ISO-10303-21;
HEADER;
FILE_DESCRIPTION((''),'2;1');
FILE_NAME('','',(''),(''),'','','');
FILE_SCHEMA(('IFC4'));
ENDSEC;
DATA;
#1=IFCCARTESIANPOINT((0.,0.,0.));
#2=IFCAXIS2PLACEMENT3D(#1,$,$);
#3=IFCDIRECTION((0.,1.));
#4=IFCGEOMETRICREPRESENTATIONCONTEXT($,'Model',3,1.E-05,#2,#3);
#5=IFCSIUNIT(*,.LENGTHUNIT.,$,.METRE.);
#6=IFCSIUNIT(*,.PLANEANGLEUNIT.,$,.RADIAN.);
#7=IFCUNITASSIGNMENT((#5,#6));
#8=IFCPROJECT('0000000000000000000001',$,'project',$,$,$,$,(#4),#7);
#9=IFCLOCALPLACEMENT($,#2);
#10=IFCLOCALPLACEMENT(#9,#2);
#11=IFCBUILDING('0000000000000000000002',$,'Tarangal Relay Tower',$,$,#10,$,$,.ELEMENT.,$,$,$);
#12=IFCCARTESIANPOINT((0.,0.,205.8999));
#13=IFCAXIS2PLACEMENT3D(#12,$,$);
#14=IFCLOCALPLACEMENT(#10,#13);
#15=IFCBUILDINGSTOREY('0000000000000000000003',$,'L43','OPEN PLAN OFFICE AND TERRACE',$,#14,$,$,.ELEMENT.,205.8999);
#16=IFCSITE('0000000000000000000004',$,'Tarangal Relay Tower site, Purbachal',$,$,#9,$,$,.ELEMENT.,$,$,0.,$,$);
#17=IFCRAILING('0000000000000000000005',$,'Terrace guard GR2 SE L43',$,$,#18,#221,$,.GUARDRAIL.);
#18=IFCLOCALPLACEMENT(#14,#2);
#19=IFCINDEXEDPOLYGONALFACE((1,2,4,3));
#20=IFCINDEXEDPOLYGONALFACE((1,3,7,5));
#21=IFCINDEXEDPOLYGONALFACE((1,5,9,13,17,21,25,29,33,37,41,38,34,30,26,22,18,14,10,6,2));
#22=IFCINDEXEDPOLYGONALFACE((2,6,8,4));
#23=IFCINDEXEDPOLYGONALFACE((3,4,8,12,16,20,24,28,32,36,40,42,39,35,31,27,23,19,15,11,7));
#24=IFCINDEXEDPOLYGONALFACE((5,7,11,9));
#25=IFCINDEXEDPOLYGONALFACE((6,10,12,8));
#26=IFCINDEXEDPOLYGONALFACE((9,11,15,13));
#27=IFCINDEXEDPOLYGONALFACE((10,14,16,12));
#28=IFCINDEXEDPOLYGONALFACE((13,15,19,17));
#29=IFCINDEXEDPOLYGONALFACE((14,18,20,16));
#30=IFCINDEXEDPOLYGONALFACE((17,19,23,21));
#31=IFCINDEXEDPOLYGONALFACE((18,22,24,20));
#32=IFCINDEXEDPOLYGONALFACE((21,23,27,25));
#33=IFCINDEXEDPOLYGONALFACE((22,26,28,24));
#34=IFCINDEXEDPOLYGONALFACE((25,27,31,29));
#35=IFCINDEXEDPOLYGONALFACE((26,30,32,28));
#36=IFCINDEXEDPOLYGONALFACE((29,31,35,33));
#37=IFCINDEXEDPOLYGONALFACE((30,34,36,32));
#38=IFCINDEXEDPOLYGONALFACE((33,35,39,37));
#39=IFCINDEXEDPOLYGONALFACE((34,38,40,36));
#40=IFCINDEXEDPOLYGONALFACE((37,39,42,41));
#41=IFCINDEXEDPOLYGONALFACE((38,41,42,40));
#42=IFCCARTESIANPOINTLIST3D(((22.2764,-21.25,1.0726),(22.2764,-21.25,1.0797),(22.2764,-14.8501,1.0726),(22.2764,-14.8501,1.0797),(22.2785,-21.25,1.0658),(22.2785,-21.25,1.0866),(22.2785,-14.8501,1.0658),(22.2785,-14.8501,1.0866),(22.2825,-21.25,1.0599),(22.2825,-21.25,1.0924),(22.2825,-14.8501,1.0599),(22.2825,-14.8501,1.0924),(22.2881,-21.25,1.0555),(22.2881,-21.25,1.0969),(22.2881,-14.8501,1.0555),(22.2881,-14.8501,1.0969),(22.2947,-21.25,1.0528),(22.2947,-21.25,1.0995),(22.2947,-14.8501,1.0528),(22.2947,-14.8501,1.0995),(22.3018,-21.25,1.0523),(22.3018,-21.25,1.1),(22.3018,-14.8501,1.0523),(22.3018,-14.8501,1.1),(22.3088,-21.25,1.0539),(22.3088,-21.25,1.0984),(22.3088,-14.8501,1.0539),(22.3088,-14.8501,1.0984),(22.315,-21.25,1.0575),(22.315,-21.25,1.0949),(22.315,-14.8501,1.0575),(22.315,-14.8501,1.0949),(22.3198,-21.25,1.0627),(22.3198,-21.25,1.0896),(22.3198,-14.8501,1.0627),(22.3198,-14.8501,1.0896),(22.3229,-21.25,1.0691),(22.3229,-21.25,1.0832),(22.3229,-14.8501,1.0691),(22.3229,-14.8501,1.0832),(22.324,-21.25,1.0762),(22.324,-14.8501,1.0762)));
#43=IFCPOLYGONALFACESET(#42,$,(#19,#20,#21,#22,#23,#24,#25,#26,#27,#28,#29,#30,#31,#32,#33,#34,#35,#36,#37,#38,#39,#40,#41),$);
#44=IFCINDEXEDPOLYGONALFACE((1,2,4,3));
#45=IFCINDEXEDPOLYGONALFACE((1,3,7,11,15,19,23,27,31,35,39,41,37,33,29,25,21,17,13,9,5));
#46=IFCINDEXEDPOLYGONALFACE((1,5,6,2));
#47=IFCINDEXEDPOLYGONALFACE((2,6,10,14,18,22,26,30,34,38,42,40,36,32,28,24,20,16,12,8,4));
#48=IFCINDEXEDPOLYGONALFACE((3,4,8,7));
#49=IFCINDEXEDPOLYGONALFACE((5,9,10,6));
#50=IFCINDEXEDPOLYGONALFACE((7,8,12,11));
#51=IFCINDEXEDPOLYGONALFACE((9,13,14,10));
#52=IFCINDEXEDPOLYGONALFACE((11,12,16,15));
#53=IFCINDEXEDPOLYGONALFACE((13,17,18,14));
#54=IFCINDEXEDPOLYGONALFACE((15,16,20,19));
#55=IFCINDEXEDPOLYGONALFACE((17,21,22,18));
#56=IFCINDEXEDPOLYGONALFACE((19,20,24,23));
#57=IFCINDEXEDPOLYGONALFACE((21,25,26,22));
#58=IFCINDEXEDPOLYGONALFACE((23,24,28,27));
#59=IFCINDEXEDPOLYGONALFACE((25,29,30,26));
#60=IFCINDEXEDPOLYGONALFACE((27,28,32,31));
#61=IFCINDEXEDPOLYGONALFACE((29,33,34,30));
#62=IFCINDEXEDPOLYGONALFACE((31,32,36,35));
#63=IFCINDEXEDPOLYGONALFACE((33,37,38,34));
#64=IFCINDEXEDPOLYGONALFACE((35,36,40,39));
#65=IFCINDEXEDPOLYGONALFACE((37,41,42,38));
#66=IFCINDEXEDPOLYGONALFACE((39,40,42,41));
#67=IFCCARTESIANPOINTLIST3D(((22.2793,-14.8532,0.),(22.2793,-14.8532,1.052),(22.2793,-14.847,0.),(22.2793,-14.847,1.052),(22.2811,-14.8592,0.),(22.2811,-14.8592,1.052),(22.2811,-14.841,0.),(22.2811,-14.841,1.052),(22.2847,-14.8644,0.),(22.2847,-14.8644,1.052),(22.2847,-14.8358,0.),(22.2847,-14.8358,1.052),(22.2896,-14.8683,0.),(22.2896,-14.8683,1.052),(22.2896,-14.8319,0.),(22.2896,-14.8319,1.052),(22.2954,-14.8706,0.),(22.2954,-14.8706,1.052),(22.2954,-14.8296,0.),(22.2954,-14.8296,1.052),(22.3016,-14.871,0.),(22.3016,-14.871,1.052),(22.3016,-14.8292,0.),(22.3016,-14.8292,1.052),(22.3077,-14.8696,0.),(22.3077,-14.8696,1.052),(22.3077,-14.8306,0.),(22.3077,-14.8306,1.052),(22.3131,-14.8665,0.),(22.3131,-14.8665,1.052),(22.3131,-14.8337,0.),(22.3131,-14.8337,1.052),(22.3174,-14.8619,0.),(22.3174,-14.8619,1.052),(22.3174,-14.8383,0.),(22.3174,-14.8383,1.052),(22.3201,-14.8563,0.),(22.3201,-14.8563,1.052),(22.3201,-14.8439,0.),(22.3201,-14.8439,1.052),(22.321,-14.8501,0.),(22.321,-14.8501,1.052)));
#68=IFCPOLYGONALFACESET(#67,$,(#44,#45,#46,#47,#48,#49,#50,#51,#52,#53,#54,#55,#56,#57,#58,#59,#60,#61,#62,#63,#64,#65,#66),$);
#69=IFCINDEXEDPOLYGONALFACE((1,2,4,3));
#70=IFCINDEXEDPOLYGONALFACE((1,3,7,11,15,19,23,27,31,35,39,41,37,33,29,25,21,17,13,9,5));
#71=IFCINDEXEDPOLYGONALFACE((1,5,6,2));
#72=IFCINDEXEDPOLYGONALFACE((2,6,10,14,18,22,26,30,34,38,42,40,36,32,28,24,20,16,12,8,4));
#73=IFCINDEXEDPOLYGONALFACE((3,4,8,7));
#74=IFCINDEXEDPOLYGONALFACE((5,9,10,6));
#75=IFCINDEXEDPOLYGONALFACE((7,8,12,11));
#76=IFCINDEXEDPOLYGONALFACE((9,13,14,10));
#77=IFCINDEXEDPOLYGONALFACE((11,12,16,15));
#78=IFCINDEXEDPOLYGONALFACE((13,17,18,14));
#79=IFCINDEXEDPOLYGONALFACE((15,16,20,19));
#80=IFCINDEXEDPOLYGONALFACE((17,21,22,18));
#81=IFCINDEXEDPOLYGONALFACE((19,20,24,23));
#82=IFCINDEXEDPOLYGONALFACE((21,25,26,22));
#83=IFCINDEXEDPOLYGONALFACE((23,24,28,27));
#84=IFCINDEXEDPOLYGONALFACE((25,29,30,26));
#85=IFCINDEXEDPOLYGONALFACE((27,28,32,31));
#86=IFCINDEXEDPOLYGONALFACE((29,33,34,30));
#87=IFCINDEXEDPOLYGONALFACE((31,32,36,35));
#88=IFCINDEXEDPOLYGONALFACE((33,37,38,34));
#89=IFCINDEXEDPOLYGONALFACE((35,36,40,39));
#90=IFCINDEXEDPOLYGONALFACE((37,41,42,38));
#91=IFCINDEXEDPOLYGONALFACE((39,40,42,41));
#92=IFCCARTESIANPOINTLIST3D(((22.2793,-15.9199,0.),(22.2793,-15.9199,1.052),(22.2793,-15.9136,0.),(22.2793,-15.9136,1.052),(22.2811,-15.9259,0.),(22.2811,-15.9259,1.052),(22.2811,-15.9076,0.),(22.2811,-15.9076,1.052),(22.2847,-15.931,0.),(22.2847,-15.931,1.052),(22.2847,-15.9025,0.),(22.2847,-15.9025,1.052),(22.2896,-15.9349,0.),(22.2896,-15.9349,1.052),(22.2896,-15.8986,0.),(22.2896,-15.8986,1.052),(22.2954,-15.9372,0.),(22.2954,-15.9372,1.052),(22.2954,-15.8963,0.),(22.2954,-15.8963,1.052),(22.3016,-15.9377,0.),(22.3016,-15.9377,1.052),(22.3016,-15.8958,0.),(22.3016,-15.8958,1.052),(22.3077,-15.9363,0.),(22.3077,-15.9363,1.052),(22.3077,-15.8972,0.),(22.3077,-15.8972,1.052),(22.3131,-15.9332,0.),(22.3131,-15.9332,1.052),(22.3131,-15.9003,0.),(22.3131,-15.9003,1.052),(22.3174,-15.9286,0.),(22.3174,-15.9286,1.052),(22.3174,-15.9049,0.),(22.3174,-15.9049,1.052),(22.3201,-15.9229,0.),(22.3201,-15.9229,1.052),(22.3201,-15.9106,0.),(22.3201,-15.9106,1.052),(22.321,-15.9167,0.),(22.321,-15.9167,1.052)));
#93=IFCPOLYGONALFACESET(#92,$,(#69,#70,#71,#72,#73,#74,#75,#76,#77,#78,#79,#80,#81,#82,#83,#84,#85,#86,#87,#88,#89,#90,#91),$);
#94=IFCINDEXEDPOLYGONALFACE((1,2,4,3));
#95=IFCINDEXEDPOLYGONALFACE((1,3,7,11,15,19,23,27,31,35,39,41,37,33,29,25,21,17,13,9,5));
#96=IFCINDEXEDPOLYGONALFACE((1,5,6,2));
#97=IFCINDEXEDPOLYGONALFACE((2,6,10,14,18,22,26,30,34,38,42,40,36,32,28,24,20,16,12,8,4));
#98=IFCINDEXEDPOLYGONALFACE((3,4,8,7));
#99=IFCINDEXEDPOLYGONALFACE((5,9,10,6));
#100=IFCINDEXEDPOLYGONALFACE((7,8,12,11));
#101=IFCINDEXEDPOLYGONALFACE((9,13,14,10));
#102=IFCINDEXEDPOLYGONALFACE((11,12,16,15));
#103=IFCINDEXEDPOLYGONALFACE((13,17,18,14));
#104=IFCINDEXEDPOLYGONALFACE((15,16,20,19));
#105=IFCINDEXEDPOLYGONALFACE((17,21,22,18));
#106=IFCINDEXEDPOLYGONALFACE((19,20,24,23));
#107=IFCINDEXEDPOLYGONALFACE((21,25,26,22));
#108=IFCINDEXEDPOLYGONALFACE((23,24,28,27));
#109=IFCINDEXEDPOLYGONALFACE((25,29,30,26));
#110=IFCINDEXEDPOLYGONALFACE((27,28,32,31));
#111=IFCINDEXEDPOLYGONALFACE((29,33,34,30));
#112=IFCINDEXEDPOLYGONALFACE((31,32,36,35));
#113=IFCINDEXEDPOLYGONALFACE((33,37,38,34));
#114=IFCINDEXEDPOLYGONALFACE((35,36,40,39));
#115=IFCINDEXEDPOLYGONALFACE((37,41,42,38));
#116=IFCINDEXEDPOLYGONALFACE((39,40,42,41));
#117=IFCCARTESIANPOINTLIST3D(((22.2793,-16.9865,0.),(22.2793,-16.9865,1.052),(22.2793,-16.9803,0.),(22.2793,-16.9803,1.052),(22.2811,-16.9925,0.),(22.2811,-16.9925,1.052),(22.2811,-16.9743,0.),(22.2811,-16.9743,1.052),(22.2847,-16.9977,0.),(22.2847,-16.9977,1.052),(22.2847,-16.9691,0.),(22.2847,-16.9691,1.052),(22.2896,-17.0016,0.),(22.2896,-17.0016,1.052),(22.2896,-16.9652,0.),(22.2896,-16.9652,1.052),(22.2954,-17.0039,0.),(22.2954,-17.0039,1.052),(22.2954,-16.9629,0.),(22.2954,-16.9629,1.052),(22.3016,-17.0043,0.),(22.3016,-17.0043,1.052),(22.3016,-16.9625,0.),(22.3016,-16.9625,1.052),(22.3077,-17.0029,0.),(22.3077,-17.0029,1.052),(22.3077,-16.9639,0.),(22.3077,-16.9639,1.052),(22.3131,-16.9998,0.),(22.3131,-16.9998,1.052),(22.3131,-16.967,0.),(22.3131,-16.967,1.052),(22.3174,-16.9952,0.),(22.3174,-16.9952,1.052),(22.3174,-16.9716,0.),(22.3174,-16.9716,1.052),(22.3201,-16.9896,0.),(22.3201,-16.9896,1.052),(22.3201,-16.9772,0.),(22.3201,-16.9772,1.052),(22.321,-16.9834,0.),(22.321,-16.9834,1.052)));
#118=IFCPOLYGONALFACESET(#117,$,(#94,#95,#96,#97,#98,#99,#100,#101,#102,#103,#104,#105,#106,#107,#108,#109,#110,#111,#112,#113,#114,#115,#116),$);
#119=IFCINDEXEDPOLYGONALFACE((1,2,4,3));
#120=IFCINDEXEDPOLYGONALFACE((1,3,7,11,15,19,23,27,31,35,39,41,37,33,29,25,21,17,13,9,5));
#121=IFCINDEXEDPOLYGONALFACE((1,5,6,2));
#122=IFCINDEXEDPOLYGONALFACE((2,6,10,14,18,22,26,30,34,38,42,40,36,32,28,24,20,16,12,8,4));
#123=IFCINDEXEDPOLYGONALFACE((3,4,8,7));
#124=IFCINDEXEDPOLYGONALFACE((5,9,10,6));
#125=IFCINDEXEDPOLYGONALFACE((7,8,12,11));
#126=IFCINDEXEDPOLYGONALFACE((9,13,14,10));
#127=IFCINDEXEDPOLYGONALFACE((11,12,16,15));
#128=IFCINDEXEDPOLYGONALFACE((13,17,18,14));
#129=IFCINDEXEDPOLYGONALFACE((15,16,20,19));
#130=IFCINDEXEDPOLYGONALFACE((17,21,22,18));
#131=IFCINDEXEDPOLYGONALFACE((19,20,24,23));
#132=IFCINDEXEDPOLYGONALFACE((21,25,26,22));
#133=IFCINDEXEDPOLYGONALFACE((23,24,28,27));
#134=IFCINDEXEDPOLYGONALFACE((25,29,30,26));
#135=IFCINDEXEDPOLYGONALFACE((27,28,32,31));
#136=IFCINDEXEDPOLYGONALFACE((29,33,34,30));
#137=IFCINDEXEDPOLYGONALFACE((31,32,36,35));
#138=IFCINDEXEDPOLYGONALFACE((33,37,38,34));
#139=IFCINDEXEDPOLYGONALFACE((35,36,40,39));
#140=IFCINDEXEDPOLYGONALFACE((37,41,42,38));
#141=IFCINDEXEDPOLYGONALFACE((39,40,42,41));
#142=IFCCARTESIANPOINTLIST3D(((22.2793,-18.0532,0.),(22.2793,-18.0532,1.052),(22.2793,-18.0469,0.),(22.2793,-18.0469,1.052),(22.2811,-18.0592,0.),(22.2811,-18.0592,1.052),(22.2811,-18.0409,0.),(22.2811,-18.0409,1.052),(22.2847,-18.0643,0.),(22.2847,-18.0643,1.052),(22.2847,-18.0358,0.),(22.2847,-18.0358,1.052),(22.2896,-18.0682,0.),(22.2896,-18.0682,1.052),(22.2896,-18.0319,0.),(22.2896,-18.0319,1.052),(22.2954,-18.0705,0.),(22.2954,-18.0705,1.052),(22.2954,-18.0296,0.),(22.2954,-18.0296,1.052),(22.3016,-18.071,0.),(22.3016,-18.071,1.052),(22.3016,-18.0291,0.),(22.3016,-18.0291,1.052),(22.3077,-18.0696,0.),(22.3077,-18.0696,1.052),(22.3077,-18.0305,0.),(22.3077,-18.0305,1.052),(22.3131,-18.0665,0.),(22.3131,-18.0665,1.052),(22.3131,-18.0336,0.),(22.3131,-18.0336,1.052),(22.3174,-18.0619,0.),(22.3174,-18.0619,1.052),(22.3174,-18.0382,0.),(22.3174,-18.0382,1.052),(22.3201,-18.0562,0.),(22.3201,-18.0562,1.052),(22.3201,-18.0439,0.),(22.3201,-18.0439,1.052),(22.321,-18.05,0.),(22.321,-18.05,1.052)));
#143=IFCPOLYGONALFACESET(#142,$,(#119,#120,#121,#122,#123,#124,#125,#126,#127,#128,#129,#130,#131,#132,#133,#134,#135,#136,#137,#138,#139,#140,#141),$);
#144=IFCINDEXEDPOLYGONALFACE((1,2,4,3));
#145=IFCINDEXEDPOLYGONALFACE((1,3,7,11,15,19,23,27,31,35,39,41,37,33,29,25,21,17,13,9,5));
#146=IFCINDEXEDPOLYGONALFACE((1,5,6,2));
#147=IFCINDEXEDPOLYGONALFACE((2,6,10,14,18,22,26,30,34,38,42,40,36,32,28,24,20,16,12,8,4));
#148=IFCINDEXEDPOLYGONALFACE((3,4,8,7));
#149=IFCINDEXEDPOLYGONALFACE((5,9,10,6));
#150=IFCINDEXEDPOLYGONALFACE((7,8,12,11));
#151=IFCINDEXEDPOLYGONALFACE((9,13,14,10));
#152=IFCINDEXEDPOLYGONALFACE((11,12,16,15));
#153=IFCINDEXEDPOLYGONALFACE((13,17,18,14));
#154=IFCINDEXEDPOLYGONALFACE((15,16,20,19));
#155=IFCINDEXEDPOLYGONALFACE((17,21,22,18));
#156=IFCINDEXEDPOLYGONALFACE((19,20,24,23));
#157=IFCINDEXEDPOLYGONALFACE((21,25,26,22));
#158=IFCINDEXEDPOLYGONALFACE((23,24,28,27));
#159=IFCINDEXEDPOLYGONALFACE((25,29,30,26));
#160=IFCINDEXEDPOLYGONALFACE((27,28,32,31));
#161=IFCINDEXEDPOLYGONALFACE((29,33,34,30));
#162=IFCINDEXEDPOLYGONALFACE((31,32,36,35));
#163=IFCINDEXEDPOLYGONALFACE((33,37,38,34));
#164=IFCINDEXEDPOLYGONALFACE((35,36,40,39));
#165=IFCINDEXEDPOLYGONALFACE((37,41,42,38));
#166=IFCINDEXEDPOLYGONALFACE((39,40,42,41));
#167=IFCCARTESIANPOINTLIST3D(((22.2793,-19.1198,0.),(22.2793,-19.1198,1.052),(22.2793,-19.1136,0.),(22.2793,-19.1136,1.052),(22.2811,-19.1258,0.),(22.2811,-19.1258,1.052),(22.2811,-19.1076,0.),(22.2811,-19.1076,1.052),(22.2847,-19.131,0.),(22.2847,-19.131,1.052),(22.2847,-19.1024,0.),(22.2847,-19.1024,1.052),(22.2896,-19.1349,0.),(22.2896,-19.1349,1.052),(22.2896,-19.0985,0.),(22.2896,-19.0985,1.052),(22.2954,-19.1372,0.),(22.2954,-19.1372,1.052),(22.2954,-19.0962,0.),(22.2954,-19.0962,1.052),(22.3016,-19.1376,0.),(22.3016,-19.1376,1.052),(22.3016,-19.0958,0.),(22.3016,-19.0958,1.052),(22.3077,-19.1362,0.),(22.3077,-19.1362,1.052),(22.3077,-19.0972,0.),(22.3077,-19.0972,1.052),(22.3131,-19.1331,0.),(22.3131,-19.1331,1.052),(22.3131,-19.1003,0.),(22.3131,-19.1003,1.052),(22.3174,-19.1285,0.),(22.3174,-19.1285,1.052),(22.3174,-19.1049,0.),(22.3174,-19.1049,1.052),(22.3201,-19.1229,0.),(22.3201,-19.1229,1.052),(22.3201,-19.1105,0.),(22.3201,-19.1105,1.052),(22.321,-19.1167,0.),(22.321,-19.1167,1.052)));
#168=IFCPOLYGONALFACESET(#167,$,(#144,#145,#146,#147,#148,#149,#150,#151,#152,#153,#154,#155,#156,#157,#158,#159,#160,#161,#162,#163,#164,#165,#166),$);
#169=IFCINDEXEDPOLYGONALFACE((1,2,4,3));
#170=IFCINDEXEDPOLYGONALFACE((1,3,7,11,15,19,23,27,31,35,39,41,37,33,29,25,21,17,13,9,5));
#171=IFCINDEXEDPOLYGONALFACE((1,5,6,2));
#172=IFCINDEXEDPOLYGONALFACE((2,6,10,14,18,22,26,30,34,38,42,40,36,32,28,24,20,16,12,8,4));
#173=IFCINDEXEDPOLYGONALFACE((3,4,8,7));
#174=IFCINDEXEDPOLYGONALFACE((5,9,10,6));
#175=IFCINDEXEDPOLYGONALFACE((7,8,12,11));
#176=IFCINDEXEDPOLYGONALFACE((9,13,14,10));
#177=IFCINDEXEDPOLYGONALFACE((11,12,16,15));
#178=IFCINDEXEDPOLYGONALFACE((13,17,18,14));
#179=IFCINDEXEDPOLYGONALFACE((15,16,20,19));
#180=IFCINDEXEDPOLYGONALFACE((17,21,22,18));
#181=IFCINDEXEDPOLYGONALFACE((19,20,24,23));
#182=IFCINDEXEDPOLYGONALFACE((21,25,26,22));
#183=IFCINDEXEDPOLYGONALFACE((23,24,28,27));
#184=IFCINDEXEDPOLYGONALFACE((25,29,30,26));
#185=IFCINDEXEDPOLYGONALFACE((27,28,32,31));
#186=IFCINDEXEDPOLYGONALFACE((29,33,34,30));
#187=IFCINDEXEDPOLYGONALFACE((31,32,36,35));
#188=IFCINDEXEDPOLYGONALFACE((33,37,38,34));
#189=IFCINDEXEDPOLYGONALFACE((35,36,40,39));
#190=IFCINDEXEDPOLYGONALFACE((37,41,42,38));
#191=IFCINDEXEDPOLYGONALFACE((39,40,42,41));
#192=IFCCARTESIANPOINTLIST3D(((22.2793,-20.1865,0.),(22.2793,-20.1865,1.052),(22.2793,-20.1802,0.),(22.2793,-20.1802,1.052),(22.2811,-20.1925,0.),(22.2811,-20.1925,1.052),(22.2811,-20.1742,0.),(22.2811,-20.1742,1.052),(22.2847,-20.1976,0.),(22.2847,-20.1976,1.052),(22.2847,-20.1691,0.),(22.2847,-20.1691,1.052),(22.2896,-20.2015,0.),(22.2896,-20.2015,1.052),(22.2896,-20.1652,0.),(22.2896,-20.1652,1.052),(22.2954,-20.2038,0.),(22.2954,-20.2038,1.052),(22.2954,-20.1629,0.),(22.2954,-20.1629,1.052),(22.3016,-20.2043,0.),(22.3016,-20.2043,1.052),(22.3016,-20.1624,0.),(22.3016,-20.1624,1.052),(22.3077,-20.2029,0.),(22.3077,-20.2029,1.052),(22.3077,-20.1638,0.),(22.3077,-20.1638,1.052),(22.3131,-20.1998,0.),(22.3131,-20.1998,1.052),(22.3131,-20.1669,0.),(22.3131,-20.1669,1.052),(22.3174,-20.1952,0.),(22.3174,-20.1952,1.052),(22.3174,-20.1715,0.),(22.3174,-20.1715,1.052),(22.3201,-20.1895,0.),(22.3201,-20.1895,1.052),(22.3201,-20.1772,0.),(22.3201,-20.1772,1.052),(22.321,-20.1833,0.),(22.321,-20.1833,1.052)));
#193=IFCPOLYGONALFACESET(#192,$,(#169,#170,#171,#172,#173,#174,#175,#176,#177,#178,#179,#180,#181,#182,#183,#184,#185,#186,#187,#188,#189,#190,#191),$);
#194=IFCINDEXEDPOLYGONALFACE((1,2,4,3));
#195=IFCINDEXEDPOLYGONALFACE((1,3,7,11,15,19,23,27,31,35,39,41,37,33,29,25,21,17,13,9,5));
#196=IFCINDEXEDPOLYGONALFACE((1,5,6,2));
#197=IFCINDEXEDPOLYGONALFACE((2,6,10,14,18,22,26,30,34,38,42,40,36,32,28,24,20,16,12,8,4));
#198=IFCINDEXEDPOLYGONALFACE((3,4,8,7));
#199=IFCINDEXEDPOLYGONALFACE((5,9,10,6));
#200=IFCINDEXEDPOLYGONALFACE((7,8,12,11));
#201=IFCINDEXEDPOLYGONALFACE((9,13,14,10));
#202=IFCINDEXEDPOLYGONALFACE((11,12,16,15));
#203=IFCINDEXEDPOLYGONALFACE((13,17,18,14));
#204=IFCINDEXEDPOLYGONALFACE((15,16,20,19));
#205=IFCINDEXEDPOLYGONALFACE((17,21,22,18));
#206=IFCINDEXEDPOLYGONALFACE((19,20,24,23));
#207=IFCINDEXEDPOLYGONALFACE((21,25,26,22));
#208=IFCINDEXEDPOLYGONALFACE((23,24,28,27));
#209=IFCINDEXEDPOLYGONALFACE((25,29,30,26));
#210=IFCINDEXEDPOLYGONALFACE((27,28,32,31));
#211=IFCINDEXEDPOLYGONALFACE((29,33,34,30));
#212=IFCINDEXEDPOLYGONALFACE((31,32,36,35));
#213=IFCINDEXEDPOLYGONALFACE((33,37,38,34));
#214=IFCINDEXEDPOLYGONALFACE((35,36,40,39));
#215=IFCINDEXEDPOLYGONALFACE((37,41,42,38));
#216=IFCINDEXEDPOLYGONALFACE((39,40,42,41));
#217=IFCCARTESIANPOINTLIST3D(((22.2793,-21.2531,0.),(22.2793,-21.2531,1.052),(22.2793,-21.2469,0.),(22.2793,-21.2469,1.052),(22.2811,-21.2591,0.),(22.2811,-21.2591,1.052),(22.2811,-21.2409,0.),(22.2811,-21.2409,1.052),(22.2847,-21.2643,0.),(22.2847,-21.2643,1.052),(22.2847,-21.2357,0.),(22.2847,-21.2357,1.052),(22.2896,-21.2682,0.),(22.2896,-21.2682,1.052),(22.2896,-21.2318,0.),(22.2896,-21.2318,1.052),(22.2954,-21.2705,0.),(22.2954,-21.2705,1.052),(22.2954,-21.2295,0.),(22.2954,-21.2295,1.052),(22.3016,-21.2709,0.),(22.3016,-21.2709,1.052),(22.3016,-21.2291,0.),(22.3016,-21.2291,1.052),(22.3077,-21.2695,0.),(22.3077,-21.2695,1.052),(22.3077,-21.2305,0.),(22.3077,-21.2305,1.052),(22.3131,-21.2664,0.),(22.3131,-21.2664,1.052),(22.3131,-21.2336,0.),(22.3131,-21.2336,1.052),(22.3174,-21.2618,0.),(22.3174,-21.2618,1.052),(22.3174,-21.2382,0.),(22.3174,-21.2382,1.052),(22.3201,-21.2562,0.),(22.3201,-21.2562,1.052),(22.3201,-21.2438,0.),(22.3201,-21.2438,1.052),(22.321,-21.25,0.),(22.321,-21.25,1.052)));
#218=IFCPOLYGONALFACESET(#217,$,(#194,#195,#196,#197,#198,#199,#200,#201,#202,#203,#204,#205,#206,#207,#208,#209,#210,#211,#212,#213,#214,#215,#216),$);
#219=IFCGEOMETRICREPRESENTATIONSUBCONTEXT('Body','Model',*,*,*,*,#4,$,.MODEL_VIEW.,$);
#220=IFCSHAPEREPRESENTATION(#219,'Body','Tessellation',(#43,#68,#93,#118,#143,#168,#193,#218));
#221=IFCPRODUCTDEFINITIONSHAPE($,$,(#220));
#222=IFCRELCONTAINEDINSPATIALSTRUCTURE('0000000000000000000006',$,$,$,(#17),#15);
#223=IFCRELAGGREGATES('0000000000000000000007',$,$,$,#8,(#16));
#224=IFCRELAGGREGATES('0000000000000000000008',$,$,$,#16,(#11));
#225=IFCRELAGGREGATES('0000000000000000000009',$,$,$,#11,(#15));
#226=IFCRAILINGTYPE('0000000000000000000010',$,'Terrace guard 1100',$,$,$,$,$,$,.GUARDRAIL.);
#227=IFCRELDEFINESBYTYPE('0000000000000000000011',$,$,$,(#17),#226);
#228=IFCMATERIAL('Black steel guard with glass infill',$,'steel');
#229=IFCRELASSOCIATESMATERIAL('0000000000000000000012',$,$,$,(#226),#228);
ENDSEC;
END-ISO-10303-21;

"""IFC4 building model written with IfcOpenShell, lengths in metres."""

from ifc_helpers import new_model, si_unit, direction, frame, origin, origin_2d, place, context, subcontext, project, spatial, circle, extrude, material, type_object, element, save


model = new_model("IFC4")

# Units and contexts
model_context = context("Model", 3, precision=1e-05, world=origin(), true_north=direction((0.0, 1.0)))
body_context = subcontext(model_context, "Body", "Model", "MODEL_VIEW")
ifc_project = project(units=[si_unit("LENGTHUNIT", "METRE"), si_unit("PLANEANGLEUNIT", "RADIAN")], contexts=[model_context])

# Site, building, storey
site_placement = place(None, origin())
site = spatial("IfcSite", under=ifc_project, at=site_placement, Name="Tarangal Relay Tower site, Purbachal", CompositionType="ELEMENT", RefElevation=0.0)
building_placement = place(site_placement, origin())
building = spatial("IfcBuilding", under=site, at=building_placement, Name="Tarangal Relay Tower", CompositionType="ELEMENT")
storey_placement = place(building_placement, frame((0.0, 0.0, 205.8999)))
storey = spatial("IfcBuildingStorey", under=building, at=storey_placement, Name="L43", Description="OPEN PLAN OFFICE AND TERRACE", CompositionType="ELEMENT", Elevation=205.8999)

# Railing
ifc_material_1 = material(Name="Black steel guard with glass infill", Category="steel")
railing_type = type_object("IfcRailingType", Name="Terrace guard 1100", PredefinedType="GUARDRAIL", material=ifc_material_1)
railing_1_placement = place(storey_placement, frame((22.3, -14.8501, 0.0)))
element("IfcRailing", 1, at=railing_1_placement, inside=storey, type_object=railing_type, Name="Terrace guard GR2 SE L43", PredefinedType="GUARDRAIL", context=body_context, shape_type="SweptSolid", body=[
    extrude(circle(Radius=0.0239, at=origin_2d()), frame((0.0, 0.0, 1.0762), z_axis=(0.0, -1.0, 0.0), x_axis=(1.0, 0.0, 0.0)), (0.0, 0.0, 1.0), 6.3999),
    extrude(circle(Radius=0.021, at=origin_2d()), origin(), (0.0, 0.0, 1.0), 1.052),
    extrude(circle(Radius=0.021, at=origin_2d()), frame((0.0, -1.0667, 0.0)), (0.0, 0.0, 1.0), 1.052),
    extrude(circle(Radius=0.021, at=origin_2d()), frame((0.0, -2.1333, 0.0)), (0.0, 0.0, 1.0), 1.052),
    extrude(circle(Radius=0.021, at=origin_2d()), frame((0.0, -3.2, 0.0)), (0.0, 0.0, 1.0), 1.052),
    extrude(circle(Radius=0.021, at=origin_2d()), frame((0.0, -4.2666, 0.0)), (0.0, 0.0, 1.0), 1.052),
    extrude(circle(Radius=0.021, at=origin_2d()), frame((0.0, -5.3333, 0.0)), (0.0, 0.0, 1.0), 1.052),
    extrude(circle(Radius=0.021, at=origin_2d()), frame((0.0, -6.3999, 0.0)), (0.0, 0.0, 1.0), 1.052),
])

save(model, "model.ifc")
